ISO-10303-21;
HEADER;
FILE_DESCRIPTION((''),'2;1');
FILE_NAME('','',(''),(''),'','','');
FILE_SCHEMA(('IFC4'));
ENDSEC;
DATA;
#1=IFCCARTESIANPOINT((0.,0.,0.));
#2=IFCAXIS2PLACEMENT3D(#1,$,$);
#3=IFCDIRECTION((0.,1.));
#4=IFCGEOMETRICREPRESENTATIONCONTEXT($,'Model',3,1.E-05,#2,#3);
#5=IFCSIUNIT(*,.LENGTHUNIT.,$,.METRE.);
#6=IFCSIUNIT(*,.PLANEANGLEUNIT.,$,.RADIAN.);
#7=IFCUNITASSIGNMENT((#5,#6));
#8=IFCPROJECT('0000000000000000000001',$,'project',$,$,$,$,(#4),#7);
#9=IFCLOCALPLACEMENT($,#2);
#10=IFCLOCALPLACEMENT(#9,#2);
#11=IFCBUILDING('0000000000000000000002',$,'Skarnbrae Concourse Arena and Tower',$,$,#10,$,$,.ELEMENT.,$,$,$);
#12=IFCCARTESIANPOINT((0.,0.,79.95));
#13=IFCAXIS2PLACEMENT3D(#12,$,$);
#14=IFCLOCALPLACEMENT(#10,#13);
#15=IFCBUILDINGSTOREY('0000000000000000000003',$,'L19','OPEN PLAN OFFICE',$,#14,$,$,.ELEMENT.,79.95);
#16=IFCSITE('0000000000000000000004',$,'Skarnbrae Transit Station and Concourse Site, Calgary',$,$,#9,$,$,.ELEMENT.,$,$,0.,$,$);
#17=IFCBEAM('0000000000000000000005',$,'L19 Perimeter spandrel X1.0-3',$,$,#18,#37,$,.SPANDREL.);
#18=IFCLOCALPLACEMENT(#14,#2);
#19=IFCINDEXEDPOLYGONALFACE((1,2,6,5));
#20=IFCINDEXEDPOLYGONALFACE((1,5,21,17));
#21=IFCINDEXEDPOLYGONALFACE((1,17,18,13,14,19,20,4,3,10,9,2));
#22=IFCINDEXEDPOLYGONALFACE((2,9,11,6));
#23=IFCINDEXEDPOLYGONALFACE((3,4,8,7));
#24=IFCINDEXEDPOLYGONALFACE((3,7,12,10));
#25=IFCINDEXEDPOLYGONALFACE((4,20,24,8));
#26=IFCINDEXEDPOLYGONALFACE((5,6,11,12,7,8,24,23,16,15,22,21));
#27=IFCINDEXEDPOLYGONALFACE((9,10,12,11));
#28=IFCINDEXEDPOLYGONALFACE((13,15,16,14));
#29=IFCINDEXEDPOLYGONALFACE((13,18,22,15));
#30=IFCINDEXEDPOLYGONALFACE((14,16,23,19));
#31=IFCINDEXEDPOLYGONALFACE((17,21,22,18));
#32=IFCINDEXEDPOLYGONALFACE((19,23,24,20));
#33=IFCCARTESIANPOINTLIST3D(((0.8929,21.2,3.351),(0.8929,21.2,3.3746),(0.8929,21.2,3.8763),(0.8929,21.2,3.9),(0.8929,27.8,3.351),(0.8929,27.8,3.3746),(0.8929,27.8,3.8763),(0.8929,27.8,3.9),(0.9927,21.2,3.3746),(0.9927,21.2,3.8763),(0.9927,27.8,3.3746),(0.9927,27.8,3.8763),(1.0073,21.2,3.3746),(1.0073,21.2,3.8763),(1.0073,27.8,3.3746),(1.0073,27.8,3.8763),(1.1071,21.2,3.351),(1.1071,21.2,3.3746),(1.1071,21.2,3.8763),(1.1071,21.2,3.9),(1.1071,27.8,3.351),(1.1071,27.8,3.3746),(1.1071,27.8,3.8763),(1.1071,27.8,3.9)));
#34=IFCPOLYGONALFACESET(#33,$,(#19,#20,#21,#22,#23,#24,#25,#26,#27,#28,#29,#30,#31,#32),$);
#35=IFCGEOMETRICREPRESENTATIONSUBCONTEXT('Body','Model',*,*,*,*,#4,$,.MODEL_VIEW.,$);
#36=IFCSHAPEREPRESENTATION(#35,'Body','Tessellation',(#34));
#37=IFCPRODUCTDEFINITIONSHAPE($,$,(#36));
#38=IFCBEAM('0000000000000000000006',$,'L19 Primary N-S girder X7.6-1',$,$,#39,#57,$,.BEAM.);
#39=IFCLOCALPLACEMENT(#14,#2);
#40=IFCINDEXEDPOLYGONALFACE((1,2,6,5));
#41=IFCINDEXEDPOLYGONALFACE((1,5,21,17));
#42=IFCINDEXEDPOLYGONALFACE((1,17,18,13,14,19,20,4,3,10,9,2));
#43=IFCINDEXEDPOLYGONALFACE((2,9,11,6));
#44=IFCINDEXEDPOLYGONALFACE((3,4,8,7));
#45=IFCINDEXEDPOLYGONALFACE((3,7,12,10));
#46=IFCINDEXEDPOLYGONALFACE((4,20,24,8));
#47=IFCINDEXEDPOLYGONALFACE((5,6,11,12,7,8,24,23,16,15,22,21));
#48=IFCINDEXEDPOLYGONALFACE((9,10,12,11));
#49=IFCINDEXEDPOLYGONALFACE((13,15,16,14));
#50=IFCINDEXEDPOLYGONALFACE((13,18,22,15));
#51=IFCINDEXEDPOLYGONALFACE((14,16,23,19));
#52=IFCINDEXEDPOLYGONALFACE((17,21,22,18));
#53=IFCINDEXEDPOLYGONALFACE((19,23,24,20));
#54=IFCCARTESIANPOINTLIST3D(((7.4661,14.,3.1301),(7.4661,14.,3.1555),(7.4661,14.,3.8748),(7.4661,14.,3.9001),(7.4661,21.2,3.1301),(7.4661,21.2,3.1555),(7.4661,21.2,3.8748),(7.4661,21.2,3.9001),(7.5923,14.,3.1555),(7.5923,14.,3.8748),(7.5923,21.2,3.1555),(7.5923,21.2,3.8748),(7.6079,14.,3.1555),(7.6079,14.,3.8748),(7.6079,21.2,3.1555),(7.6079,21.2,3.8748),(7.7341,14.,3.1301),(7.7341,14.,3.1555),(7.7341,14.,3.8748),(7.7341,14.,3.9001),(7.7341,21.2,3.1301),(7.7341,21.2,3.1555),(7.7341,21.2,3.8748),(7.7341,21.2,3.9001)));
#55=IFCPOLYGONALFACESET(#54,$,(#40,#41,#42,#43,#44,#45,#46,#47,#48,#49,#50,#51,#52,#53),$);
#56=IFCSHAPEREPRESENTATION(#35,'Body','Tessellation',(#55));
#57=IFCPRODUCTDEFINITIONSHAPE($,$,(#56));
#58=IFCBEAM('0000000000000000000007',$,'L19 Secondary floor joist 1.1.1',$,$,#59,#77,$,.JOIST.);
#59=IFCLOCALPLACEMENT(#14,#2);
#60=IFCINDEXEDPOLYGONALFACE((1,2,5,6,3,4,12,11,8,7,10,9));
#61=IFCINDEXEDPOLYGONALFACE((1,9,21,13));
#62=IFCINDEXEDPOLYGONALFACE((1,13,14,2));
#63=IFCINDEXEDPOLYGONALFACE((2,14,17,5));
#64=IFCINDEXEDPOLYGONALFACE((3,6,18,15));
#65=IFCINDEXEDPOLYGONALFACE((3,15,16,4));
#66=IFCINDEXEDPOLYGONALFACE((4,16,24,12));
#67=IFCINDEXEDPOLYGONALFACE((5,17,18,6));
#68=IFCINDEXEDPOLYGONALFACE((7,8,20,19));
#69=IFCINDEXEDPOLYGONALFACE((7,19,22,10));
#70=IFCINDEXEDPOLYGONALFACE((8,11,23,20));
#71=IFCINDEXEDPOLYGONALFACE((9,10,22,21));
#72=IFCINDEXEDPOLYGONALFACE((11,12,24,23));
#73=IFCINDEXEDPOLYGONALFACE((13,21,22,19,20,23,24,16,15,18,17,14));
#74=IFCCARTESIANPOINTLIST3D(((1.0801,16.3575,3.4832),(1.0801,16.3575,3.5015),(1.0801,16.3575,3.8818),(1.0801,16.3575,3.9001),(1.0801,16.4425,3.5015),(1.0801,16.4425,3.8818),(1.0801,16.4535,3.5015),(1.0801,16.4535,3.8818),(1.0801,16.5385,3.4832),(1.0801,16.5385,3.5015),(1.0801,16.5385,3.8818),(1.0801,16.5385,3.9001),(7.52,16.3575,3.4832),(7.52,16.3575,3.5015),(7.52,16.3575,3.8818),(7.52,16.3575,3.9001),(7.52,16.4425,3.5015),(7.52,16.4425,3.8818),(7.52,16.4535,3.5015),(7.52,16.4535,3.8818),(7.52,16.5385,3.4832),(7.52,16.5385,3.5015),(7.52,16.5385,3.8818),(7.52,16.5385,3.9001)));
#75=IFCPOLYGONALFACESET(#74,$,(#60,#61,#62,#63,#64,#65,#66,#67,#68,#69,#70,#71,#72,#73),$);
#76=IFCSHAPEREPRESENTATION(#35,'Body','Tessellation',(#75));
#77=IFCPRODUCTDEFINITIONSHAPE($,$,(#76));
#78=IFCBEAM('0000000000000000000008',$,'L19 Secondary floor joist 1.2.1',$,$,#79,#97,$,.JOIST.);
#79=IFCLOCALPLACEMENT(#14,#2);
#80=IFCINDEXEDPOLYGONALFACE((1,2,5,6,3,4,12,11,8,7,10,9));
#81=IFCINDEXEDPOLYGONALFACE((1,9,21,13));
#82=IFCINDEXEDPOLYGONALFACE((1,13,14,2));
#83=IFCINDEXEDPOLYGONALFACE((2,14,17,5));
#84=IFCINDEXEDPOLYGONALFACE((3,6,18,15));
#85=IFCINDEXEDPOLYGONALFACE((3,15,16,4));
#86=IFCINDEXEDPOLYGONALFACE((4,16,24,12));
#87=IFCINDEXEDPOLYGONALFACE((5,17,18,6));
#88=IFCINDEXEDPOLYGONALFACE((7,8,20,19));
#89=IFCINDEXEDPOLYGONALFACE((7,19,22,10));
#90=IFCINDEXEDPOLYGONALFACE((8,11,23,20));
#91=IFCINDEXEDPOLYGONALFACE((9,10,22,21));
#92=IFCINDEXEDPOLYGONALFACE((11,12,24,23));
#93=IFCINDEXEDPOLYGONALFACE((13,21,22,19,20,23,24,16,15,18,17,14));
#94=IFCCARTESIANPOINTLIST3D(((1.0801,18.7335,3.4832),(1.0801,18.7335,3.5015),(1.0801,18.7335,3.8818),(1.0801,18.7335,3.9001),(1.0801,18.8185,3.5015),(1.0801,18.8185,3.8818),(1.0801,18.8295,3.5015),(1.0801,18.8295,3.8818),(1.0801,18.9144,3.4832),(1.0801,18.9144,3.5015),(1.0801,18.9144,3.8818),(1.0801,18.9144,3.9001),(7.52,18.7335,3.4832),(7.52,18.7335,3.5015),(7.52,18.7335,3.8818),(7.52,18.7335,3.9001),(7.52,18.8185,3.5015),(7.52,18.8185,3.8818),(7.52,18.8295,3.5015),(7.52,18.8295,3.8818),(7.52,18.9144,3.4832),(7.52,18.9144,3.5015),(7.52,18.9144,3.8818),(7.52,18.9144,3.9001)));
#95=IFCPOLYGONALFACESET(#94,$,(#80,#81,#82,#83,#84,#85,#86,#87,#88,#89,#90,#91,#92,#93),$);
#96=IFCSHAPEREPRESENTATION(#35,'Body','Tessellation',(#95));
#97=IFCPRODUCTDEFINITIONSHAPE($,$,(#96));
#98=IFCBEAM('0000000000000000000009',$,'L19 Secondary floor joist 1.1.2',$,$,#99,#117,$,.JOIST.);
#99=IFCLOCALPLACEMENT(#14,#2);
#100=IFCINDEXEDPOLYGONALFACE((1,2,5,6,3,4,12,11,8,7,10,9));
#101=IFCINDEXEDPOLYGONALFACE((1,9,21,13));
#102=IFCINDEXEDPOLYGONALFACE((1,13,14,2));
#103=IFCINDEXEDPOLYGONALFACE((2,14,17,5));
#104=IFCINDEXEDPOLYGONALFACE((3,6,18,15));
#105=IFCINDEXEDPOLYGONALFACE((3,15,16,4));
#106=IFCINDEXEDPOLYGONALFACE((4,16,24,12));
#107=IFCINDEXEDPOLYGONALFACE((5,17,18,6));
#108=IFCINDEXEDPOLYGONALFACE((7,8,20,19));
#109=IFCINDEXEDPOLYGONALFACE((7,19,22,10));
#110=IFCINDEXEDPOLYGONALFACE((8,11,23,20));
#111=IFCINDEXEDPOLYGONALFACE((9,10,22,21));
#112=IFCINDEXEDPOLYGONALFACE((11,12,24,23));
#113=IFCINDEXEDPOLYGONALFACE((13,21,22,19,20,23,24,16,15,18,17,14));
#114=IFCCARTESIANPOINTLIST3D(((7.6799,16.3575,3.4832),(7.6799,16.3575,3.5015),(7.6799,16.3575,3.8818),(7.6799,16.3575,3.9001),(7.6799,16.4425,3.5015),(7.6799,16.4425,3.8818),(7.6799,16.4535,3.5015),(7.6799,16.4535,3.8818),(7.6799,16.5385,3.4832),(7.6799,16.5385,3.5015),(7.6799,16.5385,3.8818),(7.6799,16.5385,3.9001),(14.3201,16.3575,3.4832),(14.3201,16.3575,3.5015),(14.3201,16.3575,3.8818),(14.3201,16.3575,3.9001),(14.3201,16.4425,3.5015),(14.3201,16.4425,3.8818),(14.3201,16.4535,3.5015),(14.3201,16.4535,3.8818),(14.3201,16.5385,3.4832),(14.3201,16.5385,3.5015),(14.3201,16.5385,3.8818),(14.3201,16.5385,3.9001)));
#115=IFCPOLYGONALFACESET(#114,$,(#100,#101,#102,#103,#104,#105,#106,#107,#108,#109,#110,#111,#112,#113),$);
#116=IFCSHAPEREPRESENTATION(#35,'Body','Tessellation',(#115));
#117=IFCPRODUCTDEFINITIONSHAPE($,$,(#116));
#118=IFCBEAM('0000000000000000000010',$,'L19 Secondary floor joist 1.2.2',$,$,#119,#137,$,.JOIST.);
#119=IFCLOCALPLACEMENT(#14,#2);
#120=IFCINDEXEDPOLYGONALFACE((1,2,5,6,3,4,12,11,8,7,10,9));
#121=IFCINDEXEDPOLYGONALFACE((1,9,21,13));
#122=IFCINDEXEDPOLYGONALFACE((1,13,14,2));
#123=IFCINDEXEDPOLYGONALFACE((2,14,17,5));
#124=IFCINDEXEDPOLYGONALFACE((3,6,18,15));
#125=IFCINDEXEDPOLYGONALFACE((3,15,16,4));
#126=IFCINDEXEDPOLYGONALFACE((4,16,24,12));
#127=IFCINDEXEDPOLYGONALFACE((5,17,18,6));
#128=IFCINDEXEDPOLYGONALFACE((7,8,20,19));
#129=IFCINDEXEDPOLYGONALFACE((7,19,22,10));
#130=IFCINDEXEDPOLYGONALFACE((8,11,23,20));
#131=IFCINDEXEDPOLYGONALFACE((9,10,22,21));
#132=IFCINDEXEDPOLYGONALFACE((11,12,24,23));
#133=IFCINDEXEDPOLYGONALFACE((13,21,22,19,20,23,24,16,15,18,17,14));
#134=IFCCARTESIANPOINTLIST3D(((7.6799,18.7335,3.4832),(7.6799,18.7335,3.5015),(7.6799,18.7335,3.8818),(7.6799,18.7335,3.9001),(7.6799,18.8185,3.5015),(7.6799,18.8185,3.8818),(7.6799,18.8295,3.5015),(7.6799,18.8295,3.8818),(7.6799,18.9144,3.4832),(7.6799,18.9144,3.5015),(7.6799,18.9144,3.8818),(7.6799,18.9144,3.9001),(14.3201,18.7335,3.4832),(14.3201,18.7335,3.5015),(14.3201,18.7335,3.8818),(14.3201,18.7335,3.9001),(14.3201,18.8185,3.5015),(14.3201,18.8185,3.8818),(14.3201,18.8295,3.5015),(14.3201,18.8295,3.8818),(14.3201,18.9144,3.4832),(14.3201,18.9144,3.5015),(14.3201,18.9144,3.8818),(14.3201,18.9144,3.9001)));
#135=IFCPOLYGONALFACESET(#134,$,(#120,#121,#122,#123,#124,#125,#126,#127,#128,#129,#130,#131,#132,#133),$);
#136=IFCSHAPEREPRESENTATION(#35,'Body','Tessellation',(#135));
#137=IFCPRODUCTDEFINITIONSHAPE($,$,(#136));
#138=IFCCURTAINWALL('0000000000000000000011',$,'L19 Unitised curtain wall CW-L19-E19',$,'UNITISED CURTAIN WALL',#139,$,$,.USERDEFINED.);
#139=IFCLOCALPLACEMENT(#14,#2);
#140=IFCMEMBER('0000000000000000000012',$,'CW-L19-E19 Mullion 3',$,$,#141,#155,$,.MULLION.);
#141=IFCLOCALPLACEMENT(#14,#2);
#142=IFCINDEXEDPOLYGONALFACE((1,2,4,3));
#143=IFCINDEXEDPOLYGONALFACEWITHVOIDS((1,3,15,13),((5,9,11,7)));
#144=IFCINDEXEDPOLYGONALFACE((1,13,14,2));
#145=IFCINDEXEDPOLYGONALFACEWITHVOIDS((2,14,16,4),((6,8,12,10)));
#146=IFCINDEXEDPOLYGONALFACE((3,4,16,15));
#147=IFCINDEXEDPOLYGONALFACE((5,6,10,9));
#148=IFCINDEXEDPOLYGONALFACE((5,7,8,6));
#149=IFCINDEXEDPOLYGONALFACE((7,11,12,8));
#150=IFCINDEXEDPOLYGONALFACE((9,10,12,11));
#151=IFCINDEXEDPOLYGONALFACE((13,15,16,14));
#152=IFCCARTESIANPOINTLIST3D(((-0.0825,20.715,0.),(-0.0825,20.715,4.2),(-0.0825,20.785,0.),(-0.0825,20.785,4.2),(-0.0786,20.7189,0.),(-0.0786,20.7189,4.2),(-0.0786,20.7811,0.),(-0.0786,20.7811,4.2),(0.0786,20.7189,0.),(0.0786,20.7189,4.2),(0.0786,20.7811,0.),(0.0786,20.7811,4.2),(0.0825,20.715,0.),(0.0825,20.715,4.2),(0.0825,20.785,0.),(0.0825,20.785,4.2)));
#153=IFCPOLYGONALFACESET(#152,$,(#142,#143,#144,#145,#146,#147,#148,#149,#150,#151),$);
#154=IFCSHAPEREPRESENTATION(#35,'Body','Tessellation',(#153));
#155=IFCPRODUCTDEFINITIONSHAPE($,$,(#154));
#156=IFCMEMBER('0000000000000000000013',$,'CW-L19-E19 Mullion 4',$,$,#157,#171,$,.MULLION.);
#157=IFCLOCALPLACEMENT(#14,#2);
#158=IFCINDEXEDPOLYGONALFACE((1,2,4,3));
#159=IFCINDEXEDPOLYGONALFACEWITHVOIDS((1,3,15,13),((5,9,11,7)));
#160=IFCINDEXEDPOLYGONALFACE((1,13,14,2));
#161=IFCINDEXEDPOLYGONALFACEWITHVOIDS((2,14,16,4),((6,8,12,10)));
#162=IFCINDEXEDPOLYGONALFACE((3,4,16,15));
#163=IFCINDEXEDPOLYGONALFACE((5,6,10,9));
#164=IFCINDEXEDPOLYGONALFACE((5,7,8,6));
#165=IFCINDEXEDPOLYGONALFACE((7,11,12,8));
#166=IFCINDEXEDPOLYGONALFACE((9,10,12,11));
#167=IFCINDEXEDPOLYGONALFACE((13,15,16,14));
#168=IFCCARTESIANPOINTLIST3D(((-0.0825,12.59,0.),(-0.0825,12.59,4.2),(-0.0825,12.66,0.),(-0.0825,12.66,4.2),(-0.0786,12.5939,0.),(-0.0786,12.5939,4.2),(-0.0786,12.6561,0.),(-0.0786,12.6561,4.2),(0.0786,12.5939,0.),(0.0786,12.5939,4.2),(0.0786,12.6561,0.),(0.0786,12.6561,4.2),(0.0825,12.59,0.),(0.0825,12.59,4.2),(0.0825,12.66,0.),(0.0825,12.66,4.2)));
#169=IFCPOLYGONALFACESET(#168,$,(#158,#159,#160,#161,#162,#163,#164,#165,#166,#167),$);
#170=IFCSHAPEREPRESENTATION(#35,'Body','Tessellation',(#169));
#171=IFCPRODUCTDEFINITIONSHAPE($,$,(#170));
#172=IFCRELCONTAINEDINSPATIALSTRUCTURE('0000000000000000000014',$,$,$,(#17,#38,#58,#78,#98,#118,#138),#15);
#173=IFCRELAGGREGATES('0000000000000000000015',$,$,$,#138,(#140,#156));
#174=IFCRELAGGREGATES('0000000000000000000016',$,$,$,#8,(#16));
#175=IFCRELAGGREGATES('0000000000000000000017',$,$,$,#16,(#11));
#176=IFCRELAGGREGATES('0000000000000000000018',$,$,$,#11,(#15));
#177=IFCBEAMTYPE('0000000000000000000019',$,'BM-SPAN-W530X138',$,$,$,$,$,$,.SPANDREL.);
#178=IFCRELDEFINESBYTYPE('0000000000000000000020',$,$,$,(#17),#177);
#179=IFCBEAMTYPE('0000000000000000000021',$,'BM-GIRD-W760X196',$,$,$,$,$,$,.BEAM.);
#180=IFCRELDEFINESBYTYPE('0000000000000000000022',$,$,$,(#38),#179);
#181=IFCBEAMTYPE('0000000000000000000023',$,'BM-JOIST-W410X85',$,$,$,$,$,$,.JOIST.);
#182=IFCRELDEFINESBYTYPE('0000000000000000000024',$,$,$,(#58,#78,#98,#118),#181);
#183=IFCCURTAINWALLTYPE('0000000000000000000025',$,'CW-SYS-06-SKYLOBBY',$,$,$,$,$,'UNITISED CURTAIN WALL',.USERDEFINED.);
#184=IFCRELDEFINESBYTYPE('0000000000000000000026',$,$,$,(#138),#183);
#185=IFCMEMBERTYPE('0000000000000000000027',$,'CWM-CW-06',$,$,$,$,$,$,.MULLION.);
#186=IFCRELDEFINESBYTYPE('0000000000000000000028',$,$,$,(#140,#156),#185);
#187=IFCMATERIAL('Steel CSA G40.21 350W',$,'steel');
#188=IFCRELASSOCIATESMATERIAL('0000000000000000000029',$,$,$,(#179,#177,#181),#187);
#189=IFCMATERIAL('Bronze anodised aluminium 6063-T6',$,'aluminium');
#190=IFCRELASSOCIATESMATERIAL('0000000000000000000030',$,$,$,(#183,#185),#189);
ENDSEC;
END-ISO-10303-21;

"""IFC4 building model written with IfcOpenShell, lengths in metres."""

from ifc_helpers import new_model, si_unit, direction, frame, origin, origin_2d, place, context, subcontext, project, spatial, hollow_rectangle, i_section, extrude, source, transform, mapped, material, material_profile, profile_set, type_object, element, aggregate, save


model = new_model("IFC4")

# Units and contexts
model_context = context("Model", 3, precision=1e-05, world=origin(), true_north=direction((0.0, 1.0)))
body_context = subcontext(model_context, "Body", "Model", "MODEL_VIEW")
ifc_project = project(units=[si_unit("LENGTHUNIT", "METRE"), si_unit("PLANEANGLEUNIT", "RADIAN")], contexts=[model_context])

# Site, building, storey
site_placement = place(None, origin())
site = spatial("IfcSite", under=ifc_project, at=site_placement, Name="Skarnbrae Transit Station and Concourse Site, Calgary", CompositionType="ELEMENT", RefElevation=0.0)
building_placement = place(site_placement, origin())
building = spatial("IfcBuilding", under=site, at=building_placement, Name="Skarnbrae Concourse Arena and Tower", CompositionType="ELEMENT")
storey_placement = place(building_placement, frame((0.0, 0.0, 79.95)))
storey = spatial("IfcBuildingStorey", under=building, at=storey_placement, Name="L19", Description="OPEN PLAN OFFICE", CompositionType="ELEMENT", Elevation=79.95)

# Shared definitions
ifc_material_1 = material(Name="Steel CSA G40.21 350W", Category="steel")

# Beams
ifc_material_profile_1 = material_profile(ifc_material_1, i_section(OverallWidth=0.2681, OverallDepth=0.77, WebThickness=0.0156, FlangeThickness=0.0254, at=origin_2d()), Name="W760X196")
ifc_profile_set_1 = profile_set([ifc_material_profile_1], Name="Steel CSA G40.21 350W")
beam_type_1 = type_object("IfcBeamType", Name="BM-GIRD-W760X196", PredefinedType="BEAM", material=ifc_profile_set_1)
ifc_material_profile_2 = material_profile(ifc_material_1, i_section(OverallWidth=0.2141, OverallDepth=0.5491, WebThickness=0.0146, FlangeThickness=0.0237, at=origin_2d()), Name="W530X138")
ifc_profile_set_2 = profile_set([ifc_material_profile_2], Name="Steel CSA G40.21 350W")
beam_type_2 = type_object("IfcBeamType", Name="BM-SPAN-W530X138", PredefinedType="SPANDREL", material=ifc_profile_set_2)
shared_shape_1 = source(origin(), body_context, "Body", "SweptSolid", [
    extrude(i_section(OverallWidth=0.2141, OverallDepth=0.5491, WebThickness=0.0146, FlangeThickness=0.0237, at=origin_2d()), origin(), (0.0, 0.0, 1.0), 6.6001),
])
beam_1_placement = place(storey_placement, frame((1.0, 21.2, 3.6255), z_axis=(0.0, 1.0, 0.0), x_axis=(-1.0, 0.0, 0.0)))
element("IfcBeam", 1, at=beam_1_placement, inside=storey, type_object=beam_type_2, Name="L19 Perimeter spandrel X1.0-3", PredefinedType="SPANDREL", context=body_context, shape_type="MappedRepresentation", body=[
    mapped(shared_shape_1, transform((0.0, 0.0, 0.0))),
])
shared_shape_2 = source(origin(), body_context, "Body", "SweptSolid", [
    extrude(i_section(OverallWidth=0.2681, OverallDepth=0.77, WebThickness=0.0156, FlangeThickness=0.0254, at=origin_2d()), origin(), (0.0, 0.0, 1.0), 7.2),
])
beam_2_placement = place(storey_placement, frame((7.6001, 14.0, 3.5151), z_axis=(0.0, 1.0, 0.0), x_axis=(-1.0, 0.0, 0.0)))
element("IfcBeam", 2, at=beam_2_placement, inside=storey, type_object=beam_type_1, Name="L19 Primary N-S girder X7.6-1", PredefinedType="BEAM", context=body_context, shape_type="MappedRepresentation", body=[
    mapped(shared_shape_2, transform((0.0, 0.0, 0.0))),
])
ifc_material_profile_3 = material_profile(ifc_material_1, i_section(OverallWidth=0.1809, OverallDepth=0.417, WebThickness=0.011, FlangeThickness=0.0183, at=origin_2d()), Name="W410X85")
ifc_profile_set_3 = profile_set([ifc_material_profile_3], Name="Steel CSA G40.21 350W")
beam_type_3 = type_object("IfcBeamType", Name="BM-JOIST-W410X85", PredefinedType="JOIST", material=ifc_profile_set_3)
shared_shape_3 = source(origin(), body_context, "Body", "SweptSolid", [
    extrude(i_section(OverallWidth=0.1809, OverallDepth=0.417, WebThickness=0.011, FlangeThickness=0.0183, at=origin_2d()), origin(), (0.0, 0.0, 1.0), 6.4399),
])
for number, where, z_axis, x_axis, name in (
    (3, (1.0801, 16.448, 3.6917), (1.0, 0.0, 0.0), (0.0, 1.0, 0.0), "L19 Secondary floor joist 1.1.1"),
    (4, (1.0801, 18.824, 3.6917), (1.0, 0.0, 0.0), (0.0, 1.0, 0.0), "L19 Secondary floor joist 1.2.1"),
):
    element("IfcBeam", number, at=place(storey_placement, frame(where, z_axis=z_axis, x_axis=x_axis)), inside=storey, type_object=beam_type_3, Name=name, PredefinedType="JOIST", context=body_context, shape_type="MappedRepresentation", body=[
        mapped(shared_shape_3, transform((0.0, 0.0, 0.0))),
    ])
shared_shape_4 = source(origin(), body_context, "Body", "SweptSolid", [
    extrude(i_section(OverallWidth=0.1809, OverallDepth=0.417, WebThickness=0.011, FlangeThickness=0.0183, at=origin_2d()), origin(), (0.0, 0.0, 1.0), 6.6401),
])
for number, where, z_axis, x_axis, name in (
    (5, (7.6799, 16.448, 3.6917), (1.0, 0.0, 0.0), (0.0, 1.0, 0.0), "L19 Secondary floor joist 1.1.2"),
    (6, (7.6799, 18.824, 3.6917), (1.0, 0.0, 0.0), (0.0, 1.0, 0.0), "L19 Secondary floor joist 1.2.2"),
):
    element("IfcBeam", number, at=place(storey_placement, frame(where, z_axis=z_axis, x_axis=x_axis)), inside=storey, type_object=beam_type_3, Name=name, PredefinedType="JOIST", context=body_context, shape_type="MappedRepresentation", body=[
        mapped(shared_shape_4, transform((0.0, 0.0, 0.0))),
    ])

# Curtain wall, members
ifc_material_2 = material(Name="Bronze anodised aluminium 6063-T6", Category="aluminium")
curtain_wall_type = type_object("IfcCurtainWallType", Name="CW-SYS-06-SKYLOBBY", ElementType="UNITISED CURTAIN WALL", PredefinedType="USERDEFINED", material=ifc_material_2)
curtain_wall_placement = place(storey_placement, origin())
curtain_wall = element("IfcCurtainWall", 7, at=curtain_wall_placement, inside=storey, type_object=curtain_wall_type, Name="L19 Unitised curtain wall CW-L19-E19", ObjectType="UNITISED CURTAIN WALL", PredefinedType="USERDEFINED")
ifc_material_profile_4 = material_profile(ifc_material_2, hollow_rectangle(XDim=0.0701, YDim=0.165, WallThickness=0.0039, at=origin_2d()), Name="ALU-MULL-70X165")
ifc_profile_set_4 = profile_set([ifc_material_profile_4], Name="Bronze anodised aluminium 6063-T6")
member_type_1 = type_object("IfcMemberType", Name="CWM-CW-06", PredefinedType="MULLION", material=ifc_profile_set_4)
shared_shape_5 = source(origin(), body_context, "Body", "SweptSolid", [
    extrude(hollow_rectangle(XDim=0.0701, YDim=0.165, WallThickness=0.0039, at=origin_2d()), origin(), (0.0, 0.0, 1.0), 4.2),
])
member_1_placement = place(storey_placement, frame((0.0, 20.75, 0.0), z_axis=(0.0, 0.0, 1.0), x_axis=(0.0, -1.0, 0.0)))
member_1 = element("IfcMember", 8, at=member_1_placement, type_object=member_type_1, Name="CW-L19-E19 Mullion 3", PredefinedType="MULLION", context=body_context, shape_type="MappedRepresentation", body=[
    mapped(shared_shape_5, transform((0.0, 0.0, 0.0))),
])
member_2_placement = place(storey_placement, frame((0.0, 12.625, 0.0), z_axis=(0.0, 0.0, 1.0), x_axis=(0.0, -1.0, 0.0)))
member_2 = element("IfcMember", 9, at=member_2_placement, type_object=member_type_1, Name="CW-L19-E19 Mullion 4", PredefinedType="MULLION", context=body_context, shape_type="MappedRepresentation", body=[
    mapped(shared_shape_5, transform((0.0, 0.0, 0.0))),
])
aggregate(curtain_wall, [member_1, member_2])

save(model, "model.ifc")
